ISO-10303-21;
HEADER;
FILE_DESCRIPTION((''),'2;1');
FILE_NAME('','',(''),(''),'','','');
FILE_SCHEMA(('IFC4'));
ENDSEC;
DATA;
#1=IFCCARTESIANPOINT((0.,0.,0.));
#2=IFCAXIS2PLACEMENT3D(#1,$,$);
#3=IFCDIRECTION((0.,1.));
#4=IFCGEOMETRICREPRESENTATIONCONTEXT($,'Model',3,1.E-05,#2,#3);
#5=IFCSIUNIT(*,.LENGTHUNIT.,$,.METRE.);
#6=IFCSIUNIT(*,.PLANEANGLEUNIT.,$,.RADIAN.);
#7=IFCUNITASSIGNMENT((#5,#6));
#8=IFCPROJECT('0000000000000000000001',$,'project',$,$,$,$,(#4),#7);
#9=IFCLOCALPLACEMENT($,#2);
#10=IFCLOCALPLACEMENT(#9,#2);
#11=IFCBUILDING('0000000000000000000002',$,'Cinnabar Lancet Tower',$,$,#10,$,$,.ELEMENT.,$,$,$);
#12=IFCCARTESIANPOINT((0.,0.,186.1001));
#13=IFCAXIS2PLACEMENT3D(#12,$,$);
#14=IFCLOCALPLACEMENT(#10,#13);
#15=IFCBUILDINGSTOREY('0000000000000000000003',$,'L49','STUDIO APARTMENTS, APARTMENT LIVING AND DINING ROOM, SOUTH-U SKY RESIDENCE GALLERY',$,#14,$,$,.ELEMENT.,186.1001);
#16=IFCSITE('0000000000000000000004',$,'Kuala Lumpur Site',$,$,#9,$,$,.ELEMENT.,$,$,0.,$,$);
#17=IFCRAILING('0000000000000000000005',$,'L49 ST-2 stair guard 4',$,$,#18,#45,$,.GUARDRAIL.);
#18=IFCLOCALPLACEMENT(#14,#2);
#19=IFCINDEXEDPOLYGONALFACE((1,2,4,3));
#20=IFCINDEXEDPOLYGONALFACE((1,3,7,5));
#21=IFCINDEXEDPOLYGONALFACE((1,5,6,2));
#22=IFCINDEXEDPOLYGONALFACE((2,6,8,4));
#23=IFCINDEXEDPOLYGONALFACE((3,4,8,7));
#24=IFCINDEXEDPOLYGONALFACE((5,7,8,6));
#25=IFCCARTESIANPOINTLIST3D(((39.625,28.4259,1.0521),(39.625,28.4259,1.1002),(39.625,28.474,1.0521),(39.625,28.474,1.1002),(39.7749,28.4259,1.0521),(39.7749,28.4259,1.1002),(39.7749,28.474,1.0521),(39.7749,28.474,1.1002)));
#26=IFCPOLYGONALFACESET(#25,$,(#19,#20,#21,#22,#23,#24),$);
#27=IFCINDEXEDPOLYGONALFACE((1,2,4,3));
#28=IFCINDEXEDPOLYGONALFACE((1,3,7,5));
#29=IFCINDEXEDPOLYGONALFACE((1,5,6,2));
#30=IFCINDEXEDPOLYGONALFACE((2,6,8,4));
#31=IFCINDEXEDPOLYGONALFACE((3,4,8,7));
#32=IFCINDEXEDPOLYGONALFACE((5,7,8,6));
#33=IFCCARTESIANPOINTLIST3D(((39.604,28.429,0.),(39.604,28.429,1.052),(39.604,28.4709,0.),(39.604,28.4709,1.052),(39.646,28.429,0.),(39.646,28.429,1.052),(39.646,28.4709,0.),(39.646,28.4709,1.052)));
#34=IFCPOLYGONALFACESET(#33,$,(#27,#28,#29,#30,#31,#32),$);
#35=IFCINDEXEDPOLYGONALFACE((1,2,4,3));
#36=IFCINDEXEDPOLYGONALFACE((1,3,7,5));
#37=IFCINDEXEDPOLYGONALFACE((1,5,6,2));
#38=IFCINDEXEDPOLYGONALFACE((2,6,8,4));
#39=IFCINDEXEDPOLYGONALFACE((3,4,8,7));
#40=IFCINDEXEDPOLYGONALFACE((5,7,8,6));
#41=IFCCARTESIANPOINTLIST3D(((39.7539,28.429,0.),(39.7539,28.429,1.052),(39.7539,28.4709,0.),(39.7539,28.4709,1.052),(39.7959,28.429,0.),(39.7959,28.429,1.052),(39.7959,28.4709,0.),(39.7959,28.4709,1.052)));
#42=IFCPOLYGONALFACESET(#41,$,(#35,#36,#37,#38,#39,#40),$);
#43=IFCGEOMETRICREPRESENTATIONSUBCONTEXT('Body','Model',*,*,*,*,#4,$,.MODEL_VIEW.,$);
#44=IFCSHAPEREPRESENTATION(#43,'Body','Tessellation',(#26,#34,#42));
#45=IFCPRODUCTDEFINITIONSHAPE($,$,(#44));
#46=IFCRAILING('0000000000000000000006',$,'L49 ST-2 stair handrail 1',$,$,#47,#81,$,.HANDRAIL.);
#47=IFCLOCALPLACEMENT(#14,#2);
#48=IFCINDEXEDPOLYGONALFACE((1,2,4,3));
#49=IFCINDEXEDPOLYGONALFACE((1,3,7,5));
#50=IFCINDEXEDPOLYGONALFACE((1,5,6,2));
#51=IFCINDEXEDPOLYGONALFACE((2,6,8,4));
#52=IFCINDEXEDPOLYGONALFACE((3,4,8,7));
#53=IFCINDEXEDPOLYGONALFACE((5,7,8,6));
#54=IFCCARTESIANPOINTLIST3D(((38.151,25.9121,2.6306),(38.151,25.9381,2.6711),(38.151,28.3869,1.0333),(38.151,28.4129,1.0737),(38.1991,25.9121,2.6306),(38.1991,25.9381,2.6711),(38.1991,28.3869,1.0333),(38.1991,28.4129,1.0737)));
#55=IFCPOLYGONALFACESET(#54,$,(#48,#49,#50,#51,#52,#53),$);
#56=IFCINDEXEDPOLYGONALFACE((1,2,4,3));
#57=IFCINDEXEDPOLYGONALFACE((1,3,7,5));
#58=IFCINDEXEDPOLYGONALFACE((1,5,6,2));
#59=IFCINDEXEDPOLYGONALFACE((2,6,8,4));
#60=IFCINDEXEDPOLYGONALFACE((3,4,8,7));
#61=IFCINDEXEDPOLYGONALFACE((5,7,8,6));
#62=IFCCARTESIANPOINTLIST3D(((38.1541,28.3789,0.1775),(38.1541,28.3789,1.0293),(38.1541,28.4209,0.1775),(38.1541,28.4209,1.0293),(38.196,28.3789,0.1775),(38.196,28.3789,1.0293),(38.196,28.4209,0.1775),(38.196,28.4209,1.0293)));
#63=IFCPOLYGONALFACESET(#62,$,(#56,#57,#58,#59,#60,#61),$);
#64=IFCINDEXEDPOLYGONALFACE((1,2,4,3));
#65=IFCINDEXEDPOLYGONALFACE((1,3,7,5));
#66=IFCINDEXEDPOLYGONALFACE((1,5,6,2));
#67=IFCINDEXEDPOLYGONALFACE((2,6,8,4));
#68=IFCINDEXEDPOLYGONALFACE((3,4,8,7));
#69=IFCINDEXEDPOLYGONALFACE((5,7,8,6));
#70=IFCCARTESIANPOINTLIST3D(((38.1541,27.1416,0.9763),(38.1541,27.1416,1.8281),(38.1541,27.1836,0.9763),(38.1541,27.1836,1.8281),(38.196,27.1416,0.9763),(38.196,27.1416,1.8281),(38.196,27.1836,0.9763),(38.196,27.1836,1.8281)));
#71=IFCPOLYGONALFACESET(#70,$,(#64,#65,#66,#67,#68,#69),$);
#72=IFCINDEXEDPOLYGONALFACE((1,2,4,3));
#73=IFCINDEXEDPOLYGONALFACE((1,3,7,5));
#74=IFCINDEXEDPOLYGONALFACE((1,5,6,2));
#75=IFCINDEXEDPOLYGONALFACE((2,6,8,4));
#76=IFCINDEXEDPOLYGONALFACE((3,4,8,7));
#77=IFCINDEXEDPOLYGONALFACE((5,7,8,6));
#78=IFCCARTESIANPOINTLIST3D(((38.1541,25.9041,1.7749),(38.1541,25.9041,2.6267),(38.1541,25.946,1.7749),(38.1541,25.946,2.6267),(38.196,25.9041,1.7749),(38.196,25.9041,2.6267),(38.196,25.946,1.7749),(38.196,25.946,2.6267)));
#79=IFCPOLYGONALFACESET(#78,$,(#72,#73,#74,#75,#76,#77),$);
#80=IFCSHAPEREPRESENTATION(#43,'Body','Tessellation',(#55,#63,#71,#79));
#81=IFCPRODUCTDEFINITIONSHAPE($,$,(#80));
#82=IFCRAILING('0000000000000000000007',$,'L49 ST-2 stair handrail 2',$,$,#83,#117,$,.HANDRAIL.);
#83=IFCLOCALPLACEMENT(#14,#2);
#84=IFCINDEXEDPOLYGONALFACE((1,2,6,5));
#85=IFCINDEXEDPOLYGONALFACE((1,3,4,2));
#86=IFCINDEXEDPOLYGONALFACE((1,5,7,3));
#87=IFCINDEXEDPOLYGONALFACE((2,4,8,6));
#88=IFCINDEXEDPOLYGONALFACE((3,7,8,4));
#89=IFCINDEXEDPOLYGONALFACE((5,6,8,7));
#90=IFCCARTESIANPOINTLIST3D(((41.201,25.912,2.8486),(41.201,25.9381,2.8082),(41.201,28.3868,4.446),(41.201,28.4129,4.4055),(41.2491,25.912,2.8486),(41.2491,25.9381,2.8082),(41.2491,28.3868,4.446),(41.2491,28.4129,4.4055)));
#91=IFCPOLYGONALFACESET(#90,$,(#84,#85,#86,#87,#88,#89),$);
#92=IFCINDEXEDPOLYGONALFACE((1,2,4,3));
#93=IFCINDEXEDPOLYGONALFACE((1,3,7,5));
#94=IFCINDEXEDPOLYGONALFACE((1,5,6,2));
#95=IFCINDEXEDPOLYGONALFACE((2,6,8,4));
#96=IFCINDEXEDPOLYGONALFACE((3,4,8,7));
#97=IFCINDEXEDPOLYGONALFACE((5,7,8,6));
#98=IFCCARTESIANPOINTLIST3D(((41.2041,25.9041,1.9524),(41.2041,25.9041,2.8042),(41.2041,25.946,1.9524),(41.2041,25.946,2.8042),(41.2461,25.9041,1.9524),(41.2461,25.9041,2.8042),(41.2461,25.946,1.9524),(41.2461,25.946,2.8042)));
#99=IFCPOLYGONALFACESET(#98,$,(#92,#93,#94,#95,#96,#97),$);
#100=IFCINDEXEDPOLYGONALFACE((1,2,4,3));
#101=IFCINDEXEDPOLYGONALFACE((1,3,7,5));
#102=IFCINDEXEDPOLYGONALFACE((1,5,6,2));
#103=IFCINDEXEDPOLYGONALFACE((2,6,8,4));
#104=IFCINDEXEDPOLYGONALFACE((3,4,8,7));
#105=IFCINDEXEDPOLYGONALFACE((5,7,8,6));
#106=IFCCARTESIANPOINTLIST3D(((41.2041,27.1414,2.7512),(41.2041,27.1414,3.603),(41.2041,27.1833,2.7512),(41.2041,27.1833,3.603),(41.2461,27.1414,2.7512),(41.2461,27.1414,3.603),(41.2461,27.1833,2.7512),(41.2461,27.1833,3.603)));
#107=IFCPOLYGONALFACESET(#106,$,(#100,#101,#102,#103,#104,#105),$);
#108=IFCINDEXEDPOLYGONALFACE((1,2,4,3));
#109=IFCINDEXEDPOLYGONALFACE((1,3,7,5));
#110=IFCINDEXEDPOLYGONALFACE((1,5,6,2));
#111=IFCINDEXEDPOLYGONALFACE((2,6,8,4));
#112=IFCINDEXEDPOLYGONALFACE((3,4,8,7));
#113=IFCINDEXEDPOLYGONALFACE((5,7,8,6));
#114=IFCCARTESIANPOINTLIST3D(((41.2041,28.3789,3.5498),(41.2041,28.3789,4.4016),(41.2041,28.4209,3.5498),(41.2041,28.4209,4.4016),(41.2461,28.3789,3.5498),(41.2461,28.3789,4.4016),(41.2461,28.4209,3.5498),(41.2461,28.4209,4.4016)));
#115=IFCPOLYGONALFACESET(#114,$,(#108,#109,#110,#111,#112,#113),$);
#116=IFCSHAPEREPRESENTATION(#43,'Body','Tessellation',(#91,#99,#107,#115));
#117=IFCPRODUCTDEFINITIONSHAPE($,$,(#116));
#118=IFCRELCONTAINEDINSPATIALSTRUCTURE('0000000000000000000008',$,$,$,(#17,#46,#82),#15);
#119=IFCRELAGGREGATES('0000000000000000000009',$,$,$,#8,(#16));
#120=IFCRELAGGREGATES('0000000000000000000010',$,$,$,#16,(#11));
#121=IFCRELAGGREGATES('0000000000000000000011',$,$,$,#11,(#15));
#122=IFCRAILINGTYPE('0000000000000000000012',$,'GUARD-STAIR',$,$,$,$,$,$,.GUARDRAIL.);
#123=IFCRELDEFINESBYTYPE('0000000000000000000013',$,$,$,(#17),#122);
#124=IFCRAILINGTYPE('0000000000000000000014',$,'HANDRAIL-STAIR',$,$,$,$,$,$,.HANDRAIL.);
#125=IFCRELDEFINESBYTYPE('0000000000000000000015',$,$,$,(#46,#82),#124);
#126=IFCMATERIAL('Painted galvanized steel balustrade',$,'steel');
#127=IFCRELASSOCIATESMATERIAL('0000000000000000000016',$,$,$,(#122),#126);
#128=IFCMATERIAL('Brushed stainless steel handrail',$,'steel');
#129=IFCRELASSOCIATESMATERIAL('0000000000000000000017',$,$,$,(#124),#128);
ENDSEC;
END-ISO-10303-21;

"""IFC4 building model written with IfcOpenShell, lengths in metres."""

from ifc_helpers import new_model, si_unit, direction, frame, origin, origin_2d, place, context, subcontext, project, spatial, rectangle, extrude, material, type_object, element, save


model = new_model("IFC4")

# Units and contexts
model_context = context("Model", 3, precision=1e-05, world=origin(), true_north=direction((0.0, 1.0)))
body_context = subcontext(model_context, "Body", "Model", "MODEL_VIEW")
ifc_project = project(units=[si_unit("LENGTHUNIT", "METRE"), si_unit("PLANEANGLEUNIT", "RADIAN")], contexts=[model_context])

# Site, building, storey
site_placement = place(None, origin())
site = spatial("IfcSite", under=ifc_project, at=site_placement, Name="Kuala Lumpur Site", CompositionType="ELEMENT", RefElevation=0.0)
building_placement = place(site_placement, origin())
building = spatial("IfcBuilding", under=site, at=building_placement, Name="Cinnabar Lancet Tower", CompositionType="ELEMENT")
storey_placement = place(building_placement, frame((0.0, 0.0, 186.1001)))
storey = spatial("IfcBuildingStorey", under=building, at=storey_placement, Name="L49", Description="STUDIO APARTMENTS, APARTMENT LIVING AND DINING ROOM, SOUTH-U SKY RESIDENCE GALLERY", CompositionType="ELEMENT", Elevation=186.1001)

# Railings
ifc_material_1 = material(Name="Painted galvanized steel balustrade", Category="steel")
railing_type_1 = type_object("IfcRailingType", Name="GUARD-STAIR", PredefinedType="GUARDRAIL", material=ifc_material_1)
railing_1_placement = place(storey_placement, frame((39.625, 28.45, 0.0)))
element("IfcRailing", 1, at=railing_1_placement, inside=storey, type_object=railing_type_1, Name="L49 ST-2 stair guard 4", PredefinedType="GUARDRAIL", context=body_context, shape_type="SweptSolid", body=[
    extrude(rectangle(XDim=0.0481, YDim=0.0481, at=origin_2d()), frame((0.0, 0.0, 1.0762), z_axis=(1.0, 0.0, 0.0), x_axis=(0.0, 1.0, 0.0)), (0.0, 0.0, 1.0), 0.1499),
    extrude(rectangle(XDim=0.042, YDim=0.042, at=origin_2d()), origin(), (0.0, 0.0, 1.0), 1.052),
    extrude(rectangle(XDim=0.042, YDim=0.042, at=origin_2d()), frame((0.1499, 0.0, 0.0)), (0.0, 0.0, 1.0), 1.052),
])
ifc_material_2 = material(Name="Brushed stainless steel handrail", Category="steel")
railing_type_2 = type_object("IfcRailingType", Name="HANDRAIL-STAIR", PredefinedType="HANDRAIL", material=ifc_material_2)
railing_2_placement = place(storey_placement, frame((38.175, 28.3999, 0.1775)))
element("IfcRailing", 2, at=railing_2_placement, inside=storey, type_object=railing_type_2, Name="L49 ST-2 stair handrail 1", PredefinedType="HANDRAIL", context=body_context, shape_type="SweptSolid", body=[
    extrude(rectangle(XDim=0.0481, YDim=0.0481, at=origin_2d()), frame((0.0, 0.0, 0.876), z_axis=(0.0, -0.840183, 0.542302), x_axis=(1.0, 0.0, 0.0)), (0.0, 0.0, 1.0), 2.9456),
    extrude(rectangle(XDim=0.042, YDim=0.042, at=origin_2d()), origin(), (0.0, 0.0, 1.0), 0.8518),
    extrude(rectangle(XDim=0.042, YDim=0.042, at=origin_2d()), frame((0.0, -1.2373, 0.7988)), (0.0, 0.0, 1.0), 0.8518),
    extrude(rectangle(XDim=0.042, YDim=0.042, at=origin_2d()), frame((0.0, -2.4749, 1.5974)), (0.0, 0.0, 1.0), 0.8518),
])
railing_3_placement = place(storey_placement, frame((41.2251, 25.925, 1.9524)))
element("IfcRailing", 3, at=railing_3_placement, inside=storey, type_object=railing_type_2, Name="L49 ST-2 stair handrail 2", PredefinedType="HANDRAIL", context=body_context, shape_type="SweptSolid", body=[
    extrude(rectangle(XDim=0.0481, YDim=0.0481, at=origin_2d()), frame((0.0, 0.0, 0.876), z_axis=(0.0, 0.840183, 0.542302), x_axis=(-1.0, 0.0, 0.0)), (0.0, 0.0, 1.0), 2.9456),
    extrude(rectangle(XDim=0.042, YDim=0.042, at=origin_2d()), origin(), (0.0, 0.0, 1.0), 0.8518),
    extrude(rectangle(XDim=0.042, YDim=0.042, at=origin_2d()), frame((0.0, 1.2373, 0.7988)), (0.0, 0.0, 1.0), 0.8518),
    extrude(rectangle(XDim=0.042, YDim=0.042, at=origin_2d()), frame((0.0, 2.4749, 1.5974)), (0.0, 0.0, 1.0), 0.8518),
])

save(model, "model.ifc")
